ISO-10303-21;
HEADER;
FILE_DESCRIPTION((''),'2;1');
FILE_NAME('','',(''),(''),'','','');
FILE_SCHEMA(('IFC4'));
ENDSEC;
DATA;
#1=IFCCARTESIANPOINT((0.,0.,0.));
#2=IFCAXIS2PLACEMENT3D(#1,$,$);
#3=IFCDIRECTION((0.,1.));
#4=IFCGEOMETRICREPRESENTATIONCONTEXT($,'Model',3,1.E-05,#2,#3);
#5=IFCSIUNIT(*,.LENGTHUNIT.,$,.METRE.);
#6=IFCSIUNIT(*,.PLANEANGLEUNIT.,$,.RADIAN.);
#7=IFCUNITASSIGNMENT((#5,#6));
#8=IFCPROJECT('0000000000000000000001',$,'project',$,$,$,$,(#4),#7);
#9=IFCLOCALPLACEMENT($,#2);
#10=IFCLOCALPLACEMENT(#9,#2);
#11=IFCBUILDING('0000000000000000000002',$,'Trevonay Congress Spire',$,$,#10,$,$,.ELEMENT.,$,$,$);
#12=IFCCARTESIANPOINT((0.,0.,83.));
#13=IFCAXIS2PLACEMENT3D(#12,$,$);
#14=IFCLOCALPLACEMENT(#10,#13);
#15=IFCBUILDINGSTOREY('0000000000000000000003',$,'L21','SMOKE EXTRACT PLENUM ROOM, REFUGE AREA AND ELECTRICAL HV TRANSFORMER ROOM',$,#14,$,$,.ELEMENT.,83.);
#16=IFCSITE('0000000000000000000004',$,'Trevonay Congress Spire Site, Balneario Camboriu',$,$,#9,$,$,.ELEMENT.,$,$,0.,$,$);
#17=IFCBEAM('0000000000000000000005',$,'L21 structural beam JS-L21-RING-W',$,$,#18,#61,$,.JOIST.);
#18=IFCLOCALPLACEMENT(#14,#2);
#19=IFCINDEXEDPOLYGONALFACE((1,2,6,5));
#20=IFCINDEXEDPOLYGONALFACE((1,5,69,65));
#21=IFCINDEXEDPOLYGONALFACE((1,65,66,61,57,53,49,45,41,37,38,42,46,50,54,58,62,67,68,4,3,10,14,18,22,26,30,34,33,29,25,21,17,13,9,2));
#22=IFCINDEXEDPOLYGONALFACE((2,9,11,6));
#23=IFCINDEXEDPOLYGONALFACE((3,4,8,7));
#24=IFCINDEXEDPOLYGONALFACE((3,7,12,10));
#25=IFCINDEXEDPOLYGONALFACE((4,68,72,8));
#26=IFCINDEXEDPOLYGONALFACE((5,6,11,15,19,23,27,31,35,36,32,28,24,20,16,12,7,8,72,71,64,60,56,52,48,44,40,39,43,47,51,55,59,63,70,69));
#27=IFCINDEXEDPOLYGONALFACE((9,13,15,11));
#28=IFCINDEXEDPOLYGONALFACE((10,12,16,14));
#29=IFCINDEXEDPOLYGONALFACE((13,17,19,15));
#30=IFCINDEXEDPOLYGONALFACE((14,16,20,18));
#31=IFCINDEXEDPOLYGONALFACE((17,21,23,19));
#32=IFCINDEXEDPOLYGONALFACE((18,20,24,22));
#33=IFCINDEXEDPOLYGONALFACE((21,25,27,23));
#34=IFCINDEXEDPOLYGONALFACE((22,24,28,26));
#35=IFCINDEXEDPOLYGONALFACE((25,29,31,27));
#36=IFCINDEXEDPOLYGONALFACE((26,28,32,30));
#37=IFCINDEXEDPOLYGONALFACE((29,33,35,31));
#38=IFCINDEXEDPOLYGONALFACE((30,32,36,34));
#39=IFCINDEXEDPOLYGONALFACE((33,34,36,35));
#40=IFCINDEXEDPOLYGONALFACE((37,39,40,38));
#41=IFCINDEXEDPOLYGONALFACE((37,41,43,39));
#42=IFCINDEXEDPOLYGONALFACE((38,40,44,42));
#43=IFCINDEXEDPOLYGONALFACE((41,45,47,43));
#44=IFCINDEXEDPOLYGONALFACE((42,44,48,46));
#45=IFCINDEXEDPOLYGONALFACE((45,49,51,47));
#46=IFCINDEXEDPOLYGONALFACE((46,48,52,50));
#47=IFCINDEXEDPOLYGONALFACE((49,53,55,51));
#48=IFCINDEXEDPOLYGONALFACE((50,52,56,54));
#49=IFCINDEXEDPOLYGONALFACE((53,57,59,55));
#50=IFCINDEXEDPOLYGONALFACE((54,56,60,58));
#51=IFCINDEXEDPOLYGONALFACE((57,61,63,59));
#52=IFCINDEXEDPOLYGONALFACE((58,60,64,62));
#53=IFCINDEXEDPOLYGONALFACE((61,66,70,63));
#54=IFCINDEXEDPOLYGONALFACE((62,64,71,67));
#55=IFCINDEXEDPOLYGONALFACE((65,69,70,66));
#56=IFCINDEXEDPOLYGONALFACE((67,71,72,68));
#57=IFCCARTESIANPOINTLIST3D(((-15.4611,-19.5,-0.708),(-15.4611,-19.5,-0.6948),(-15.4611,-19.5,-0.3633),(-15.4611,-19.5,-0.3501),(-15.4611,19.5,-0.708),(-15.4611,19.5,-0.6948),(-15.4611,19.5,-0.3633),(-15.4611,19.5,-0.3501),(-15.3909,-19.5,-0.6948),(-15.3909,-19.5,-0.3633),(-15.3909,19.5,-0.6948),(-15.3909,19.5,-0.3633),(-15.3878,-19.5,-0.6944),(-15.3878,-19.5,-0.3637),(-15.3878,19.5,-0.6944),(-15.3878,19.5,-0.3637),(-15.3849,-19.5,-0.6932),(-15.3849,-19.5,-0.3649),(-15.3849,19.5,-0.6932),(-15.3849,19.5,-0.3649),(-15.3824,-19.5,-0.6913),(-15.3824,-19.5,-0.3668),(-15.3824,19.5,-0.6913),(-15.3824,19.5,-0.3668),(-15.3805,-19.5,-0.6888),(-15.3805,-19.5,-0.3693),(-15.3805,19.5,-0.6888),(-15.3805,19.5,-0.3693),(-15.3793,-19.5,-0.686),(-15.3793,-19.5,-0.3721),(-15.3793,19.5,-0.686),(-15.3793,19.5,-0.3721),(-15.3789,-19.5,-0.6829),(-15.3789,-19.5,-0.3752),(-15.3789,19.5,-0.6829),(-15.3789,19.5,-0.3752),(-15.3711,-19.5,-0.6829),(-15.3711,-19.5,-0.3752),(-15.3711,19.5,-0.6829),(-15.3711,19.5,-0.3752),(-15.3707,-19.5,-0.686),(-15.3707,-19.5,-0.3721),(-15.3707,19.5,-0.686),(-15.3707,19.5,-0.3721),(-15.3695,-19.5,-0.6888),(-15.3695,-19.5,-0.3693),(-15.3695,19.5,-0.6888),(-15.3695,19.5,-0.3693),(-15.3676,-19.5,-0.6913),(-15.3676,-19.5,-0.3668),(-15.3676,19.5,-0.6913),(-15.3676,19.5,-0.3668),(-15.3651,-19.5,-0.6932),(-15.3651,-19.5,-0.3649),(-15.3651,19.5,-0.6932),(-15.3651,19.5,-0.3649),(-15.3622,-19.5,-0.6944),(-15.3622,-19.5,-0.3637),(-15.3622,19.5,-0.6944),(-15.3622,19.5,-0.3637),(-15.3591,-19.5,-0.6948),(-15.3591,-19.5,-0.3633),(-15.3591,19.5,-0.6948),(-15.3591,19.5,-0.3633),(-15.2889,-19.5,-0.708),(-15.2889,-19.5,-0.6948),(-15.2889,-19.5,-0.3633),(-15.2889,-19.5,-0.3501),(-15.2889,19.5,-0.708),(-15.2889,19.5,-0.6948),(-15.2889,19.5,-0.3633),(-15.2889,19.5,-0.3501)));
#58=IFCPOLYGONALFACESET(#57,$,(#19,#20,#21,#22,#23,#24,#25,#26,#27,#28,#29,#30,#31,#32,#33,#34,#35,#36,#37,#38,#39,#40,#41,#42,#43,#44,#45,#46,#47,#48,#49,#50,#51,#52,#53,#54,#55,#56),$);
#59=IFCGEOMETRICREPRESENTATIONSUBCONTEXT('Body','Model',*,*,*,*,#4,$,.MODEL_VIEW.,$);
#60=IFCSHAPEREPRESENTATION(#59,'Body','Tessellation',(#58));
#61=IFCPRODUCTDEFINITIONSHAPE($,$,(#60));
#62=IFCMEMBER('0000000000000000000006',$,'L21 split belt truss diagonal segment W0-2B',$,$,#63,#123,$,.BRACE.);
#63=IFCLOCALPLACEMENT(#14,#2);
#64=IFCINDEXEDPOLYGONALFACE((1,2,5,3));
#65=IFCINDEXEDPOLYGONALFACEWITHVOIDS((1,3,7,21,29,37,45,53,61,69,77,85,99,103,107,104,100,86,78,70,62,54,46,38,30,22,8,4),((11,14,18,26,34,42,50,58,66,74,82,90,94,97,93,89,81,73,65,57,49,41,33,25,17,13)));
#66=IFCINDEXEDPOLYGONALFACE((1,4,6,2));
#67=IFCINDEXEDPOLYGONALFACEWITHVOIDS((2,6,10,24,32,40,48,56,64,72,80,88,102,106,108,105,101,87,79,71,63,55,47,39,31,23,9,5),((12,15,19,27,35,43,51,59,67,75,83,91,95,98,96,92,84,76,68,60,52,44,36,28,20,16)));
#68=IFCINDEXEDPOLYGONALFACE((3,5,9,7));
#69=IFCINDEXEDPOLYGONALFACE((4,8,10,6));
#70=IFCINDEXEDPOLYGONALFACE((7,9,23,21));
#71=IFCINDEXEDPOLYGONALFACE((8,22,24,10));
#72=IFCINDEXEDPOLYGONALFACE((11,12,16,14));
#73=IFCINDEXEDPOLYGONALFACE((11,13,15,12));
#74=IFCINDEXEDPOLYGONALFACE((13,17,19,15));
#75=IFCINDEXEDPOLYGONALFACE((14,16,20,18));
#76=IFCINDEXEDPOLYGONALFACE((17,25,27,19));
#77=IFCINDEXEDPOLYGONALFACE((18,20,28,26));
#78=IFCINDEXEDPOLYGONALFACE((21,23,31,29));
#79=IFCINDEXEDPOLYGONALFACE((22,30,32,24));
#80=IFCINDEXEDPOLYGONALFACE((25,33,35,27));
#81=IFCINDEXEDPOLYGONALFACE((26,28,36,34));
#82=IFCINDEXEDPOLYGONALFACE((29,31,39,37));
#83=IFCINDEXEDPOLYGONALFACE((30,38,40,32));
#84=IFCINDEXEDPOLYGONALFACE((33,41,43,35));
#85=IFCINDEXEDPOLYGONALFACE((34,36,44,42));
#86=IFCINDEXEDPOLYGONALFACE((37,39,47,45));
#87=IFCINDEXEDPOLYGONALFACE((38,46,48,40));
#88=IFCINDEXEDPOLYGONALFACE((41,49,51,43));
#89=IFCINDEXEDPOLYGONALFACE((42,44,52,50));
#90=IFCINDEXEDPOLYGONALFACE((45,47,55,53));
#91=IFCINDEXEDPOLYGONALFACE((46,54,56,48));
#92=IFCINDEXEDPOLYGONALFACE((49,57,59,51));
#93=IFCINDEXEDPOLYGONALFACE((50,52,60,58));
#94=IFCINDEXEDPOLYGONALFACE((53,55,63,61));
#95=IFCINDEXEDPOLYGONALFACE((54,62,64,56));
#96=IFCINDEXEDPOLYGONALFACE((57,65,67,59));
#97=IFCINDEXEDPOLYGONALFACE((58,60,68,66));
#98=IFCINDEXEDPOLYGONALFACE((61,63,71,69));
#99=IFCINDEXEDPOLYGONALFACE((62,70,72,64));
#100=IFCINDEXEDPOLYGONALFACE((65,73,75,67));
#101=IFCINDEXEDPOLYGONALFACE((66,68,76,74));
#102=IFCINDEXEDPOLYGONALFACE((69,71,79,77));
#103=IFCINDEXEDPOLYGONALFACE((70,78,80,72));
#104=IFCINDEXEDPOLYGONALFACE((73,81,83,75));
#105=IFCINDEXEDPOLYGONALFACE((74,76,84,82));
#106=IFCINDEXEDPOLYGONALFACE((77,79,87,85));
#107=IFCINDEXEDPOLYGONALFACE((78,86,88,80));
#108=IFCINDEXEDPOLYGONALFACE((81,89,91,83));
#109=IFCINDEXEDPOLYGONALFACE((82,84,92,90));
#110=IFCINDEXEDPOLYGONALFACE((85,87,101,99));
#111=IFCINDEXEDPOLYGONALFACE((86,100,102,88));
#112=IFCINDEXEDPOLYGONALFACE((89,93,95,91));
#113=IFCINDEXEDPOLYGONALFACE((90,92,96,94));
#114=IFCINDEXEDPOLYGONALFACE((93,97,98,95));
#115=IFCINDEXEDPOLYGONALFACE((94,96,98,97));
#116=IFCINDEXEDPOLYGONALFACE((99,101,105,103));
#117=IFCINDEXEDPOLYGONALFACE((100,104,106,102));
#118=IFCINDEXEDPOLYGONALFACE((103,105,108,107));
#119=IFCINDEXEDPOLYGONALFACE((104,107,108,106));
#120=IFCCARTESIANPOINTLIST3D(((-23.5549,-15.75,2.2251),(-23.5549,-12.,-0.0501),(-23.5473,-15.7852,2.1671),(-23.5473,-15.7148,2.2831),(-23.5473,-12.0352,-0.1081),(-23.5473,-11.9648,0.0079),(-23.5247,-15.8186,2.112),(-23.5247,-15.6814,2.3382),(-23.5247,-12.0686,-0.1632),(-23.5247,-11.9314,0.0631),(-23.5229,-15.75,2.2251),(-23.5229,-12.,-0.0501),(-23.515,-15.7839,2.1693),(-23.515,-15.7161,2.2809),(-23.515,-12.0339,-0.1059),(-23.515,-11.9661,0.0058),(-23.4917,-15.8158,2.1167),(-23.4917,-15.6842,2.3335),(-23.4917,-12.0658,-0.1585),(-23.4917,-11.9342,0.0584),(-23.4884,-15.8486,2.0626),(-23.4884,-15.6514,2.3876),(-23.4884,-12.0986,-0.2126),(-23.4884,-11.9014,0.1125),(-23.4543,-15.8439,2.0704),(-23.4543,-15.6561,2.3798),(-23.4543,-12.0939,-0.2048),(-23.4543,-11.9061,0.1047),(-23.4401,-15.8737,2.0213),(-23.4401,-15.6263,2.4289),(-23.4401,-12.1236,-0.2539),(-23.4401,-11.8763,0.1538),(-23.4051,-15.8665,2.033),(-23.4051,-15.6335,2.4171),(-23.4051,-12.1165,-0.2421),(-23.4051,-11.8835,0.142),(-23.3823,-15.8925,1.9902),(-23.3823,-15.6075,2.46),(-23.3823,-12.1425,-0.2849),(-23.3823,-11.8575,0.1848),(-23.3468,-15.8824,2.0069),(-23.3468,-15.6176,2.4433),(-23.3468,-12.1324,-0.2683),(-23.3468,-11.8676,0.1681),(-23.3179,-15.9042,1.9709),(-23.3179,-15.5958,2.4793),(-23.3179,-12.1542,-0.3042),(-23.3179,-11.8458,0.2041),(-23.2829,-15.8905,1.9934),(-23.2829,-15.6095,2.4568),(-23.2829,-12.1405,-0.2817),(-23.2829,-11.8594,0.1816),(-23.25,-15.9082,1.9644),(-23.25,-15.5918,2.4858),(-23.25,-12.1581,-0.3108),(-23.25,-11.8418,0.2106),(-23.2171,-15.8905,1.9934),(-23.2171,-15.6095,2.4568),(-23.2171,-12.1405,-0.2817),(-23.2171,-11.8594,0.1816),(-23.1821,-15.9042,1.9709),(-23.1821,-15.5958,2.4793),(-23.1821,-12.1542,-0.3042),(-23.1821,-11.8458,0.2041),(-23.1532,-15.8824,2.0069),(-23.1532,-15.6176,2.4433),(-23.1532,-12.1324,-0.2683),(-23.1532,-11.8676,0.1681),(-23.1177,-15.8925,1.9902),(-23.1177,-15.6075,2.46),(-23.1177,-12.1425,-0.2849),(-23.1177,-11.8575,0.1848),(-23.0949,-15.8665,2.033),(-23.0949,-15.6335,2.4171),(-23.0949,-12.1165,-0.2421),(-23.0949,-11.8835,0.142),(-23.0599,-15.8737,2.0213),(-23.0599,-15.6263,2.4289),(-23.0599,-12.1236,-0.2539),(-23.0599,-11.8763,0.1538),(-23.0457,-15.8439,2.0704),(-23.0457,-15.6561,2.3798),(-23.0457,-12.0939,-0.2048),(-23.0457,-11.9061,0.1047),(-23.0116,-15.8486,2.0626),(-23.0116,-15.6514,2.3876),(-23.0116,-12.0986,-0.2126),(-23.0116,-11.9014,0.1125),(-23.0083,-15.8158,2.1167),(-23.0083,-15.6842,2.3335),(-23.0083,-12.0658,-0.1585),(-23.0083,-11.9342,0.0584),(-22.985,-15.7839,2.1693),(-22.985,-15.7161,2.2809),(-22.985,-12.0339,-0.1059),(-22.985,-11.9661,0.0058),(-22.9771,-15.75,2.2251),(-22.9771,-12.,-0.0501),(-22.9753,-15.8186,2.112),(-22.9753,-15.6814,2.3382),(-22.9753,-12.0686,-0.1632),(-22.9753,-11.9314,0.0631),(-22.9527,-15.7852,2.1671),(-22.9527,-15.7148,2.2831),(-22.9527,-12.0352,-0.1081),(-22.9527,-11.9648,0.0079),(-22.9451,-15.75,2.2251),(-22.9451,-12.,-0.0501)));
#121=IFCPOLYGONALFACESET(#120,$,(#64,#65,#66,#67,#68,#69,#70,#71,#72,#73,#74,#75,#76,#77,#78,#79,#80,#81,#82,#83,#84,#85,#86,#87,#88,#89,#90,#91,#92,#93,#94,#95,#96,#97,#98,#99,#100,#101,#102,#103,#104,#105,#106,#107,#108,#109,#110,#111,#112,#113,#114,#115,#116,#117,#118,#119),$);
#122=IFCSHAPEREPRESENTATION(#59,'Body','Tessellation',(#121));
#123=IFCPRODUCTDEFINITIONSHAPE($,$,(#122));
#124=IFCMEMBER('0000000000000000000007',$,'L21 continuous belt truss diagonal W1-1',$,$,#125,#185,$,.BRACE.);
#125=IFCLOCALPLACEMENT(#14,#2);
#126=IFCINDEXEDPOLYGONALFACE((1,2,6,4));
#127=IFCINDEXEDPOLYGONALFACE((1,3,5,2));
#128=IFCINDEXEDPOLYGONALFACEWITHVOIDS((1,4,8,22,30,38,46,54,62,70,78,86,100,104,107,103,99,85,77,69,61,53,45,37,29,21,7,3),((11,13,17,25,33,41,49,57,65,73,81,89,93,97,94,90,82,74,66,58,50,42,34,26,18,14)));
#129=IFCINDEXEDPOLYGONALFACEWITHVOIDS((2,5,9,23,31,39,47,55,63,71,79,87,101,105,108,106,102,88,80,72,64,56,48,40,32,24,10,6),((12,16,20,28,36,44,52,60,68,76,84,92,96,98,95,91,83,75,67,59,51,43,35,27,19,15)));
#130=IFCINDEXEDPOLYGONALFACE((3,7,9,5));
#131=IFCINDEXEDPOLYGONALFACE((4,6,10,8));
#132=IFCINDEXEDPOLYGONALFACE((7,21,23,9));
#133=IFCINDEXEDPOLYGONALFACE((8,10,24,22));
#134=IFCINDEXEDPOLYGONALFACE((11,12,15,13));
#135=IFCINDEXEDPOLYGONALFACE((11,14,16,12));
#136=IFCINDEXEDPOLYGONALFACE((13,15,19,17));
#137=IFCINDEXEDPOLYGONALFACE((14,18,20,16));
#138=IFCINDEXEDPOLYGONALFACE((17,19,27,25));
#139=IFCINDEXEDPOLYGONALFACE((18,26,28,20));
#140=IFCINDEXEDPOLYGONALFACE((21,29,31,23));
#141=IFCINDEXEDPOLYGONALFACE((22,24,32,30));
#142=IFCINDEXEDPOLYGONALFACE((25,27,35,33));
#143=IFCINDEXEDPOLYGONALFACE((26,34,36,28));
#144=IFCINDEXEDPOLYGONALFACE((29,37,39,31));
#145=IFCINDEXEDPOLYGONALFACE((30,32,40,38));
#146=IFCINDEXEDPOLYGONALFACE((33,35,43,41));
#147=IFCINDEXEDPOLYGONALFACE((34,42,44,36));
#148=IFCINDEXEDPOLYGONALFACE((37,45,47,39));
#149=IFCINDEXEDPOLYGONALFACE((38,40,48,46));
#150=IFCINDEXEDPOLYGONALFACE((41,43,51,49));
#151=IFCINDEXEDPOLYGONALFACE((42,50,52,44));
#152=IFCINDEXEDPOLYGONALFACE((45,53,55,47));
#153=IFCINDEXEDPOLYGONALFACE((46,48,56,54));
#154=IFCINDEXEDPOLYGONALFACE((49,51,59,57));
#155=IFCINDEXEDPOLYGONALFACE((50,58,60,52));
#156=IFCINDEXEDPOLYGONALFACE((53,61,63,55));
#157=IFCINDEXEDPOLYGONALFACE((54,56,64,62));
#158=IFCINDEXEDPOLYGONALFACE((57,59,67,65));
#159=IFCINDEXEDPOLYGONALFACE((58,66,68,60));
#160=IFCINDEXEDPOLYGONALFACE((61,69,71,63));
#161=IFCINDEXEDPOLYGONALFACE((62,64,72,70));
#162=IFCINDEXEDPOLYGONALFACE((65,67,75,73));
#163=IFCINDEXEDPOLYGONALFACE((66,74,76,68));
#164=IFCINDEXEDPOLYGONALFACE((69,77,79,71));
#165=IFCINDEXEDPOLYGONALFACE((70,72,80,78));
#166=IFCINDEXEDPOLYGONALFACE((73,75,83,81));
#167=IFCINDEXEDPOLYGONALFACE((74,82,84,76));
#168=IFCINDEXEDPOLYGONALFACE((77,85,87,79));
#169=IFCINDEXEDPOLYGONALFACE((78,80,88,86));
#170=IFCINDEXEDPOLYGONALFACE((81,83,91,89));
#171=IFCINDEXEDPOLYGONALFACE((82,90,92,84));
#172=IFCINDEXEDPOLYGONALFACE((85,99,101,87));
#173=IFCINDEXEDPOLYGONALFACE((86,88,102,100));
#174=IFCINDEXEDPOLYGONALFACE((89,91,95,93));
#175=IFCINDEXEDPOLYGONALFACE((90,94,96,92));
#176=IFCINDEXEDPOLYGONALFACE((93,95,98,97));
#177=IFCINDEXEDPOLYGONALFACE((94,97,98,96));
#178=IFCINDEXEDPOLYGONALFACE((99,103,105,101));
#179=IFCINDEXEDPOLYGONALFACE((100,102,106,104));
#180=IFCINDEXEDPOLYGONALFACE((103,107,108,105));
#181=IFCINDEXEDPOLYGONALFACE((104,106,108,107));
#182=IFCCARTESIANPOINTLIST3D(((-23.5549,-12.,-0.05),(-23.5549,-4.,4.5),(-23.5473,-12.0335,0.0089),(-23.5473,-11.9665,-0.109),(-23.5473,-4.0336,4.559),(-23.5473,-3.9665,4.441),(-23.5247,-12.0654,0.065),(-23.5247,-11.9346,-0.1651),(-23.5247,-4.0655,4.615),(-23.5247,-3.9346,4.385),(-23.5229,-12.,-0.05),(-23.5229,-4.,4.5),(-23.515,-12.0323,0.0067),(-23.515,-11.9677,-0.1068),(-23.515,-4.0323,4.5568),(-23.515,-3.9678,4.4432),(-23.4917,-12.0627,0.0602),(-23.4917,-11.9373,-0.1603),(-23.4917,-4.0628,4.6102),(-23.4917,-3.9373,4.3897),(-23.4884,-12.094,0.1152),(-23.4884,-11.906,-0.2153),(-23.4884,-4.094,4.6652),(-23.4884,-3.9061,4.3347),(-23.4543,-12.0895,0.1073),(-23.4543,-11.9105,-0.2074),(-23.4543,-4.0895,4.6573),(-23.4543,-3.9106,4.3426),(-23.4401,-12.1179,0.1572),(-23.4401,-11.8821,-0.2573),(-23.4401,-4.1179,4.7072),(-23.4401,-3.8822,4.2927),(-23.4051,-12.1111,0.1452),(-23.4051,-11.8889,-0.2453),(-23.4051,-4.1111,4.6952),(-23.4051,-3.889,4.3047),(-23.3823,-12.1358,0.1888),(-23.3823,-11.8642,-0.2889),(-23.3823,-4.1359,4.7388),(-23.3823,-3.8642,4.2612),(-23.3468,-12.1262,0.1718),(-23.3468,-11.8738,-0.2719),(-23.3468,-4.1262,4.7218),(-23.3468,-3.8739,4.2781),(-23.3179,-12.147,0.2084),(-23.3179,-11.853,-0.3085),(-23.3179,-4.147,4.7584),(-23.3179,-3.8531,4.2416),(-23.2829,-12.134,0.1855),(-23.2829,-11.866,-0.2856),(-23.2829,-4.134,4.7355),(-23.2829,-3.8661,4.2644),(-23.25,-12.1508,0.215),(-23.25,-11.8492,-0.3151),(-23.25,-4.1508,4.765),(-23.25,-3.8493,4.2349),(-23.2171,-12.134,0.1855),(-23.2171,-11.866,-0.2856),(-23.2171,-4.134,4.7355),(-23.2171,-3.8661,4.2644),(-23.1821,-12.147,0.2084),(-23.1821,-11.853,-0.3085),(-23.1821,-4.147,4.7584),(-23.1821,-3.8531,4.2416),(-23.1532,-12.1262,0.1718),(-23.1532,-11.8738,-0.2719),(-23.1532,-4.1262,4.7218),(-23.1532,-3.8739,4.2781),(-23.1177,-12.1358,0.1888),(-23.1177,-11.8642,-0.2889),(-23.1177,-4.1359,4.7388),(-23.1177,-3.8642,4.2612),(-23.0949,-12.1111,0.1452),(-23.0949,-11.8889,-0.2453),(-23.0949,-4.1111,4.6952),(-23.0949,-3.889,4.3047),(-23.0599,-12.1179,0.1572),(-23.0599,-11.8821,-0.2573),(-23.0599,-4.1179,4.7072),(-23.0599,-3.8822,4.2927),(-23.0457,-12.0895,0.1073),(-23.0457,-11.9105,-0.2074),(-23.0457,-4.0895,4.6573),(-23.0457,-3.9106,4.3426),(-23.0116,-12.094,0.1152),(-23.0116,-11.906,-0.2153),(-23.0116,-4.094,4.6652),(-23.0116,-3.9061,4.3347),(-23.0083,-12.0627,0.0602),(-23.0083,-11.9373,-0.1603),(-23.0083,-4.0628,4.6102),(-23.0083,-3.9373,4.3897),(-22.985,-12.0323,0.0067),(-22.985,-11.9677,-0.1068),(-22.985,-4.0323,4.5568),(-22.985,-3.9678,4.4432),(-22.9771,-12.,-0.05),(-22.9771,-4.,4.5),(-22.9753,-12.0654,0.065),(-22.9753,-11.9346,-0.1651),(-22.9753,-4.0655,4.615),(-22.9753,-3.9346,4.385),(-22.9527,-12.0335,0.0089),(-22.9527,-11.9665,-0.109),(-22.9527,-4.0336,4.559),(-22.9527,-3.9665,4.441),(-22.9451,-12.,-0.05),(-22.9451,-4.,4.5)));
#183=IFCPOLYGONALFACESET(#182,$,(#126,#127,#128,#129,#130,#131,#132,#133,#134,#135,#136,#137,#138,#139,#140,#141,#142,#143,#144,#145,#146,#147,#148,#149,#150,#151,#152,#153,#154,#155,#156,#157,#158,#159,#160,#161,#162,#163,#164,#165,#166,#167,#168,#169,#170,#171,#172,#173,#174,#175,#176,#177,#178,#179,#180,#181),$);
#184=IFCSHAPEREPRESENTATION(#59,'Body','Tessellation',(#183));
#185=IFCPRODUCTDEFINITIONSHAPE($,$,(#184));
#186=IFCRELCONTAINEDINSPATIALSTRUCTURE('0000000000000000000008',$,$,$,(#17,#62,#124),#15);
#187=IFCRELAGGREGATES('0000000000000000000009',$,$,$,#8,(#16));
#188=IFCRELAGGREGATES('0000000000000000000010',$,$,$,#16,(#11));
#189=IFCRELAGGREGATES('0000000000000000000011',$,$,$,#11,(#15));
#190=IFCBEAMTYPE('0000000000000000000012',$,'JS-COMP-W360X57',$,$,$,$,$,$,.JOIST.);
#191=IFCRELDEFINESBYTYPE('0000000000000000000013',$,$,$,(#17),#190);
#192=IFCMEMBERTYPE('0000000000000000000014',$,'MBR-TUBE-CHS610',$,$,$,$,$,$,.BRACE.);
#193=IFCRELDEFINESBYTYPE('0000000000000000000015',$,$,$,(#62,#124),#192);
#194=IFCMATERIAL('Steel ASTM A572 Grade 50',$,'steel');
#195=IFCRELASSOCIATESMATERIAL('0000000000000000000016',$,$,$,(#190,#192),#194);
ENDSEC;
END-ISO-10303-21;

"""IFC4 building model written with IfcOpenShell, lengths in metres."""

from ifc_helpers import new_model, si_unit, direction, frame, origin, origin_2d, place, context, subcontext, project, spatial, hollow_circle, i_section, extrude, material, material_profile, profile_set, type_object, element, save


model = new_model("IFC4")

# Units and contexts
model_context = context("Model", 3, precision=1e-05, world=origin(), true_north=direction((0.0, 1.0)))
body_context = subcontext(model_context, "Body", "Model", "MODEL_VIEW")
ifc_project = project(units=[si_unit("LENGTHUNIT", "METRE"), si_unit("PLANEANGLEUNIT", "RADIAN")], contexts=[model_context])

# Site, building, storey
site_placement = place(None, origin())
site = spatial("IfcSite", under=ifc_project, at=site_placement, Name="Trevonay Congress Spire Site, Balneario Camboriu", CompositionType="ELEMENT", RefElevation=0.0)
building_placement = place(site_placement, origin())
building = spatial("IfcBuilding", under=site, at=building_placement, Name="Trevonay Congress Spire", CompositionType="ELEMENT")
storey_placement = place(building_placement, frame((0.0, 0.0, 83.0)))
storey = spatial("IfcBuildingStorey", under=building, at=storey_placement, Name="L21", Description="SMOKE EXTRACT PLENUM ROOM, REFUGE AREA AND ELECTRICAL HV TRANSFORMER ROOM", CompositionType="ELEMENT", Elevation=83.0)

# Shared definitions
ifc_material_1 = material(Name="Steel ASTM A572 Grade 50", Category="steel")

# Beam
ifc_material_profile_1 = material_profile(ifc_material_1, i_section(OverallWidth=0.1721, OverallDepth=0.3579, WebThickness=0.0078, FlangeThickness=0.0132, FilletRadius=0.012, at=origin_2d()), Name="W360x57.8")
ifc_profile_set_1 = profile_set([ifc_material_profile_1], Name="Steel ASTM A572 Grade 50")
beam_type_1 = type_object("IfcBeamType", Name="JS-COMP-W360X57", PredefinedType="JOIST", material=ifc_profile_set_1)
for number, where, z_axis, x_axis, name in (
    (1, (-15.375, -19.5, -0.5291), (0.0, 1.0, 0.0), (-1.0, 0.0, 0.0), "L21 structural beam JS-L21-RING-W"),
):
    element("IfcBeam", number, at=place(storey_placement, frame(where, z_axis=z_axis, x_axis=x_axis)), inside=storey, type_object=beam_type_1, Name=name, PredefinedType="JOIST", context=body_context, shape_type="SweptSolid", body=[
        extrude(i_section(OverallWidth=0.1721, OverallDepth=0.3579, WebThickness=0.0078, FlangeThickness=0.0132, FilletRadius=0.012, at=origin_2d()), origin(), (0.0, 0.0, 1.0), 39.0),
    ])

# Members
ifc_material_profile_2 = material_profile(ifc_material_1, hollow_circle(Radius=0.3049, WallThickness=0.032, at=origin_2d()), Name="CHS 610x32")
ifc_profile_set_2 = profile_set([ifc_material_profile_2], Name="Steel ASTM A572 Grade 50")
member_type = type_object("IfcMemberType", Name="MBR-TUBE-CHS610", PredefinedType="BRACE", material=ifc_profile_set_2)
member_1_placement = place(storey_placement, frame((-23.25, -15.75, 2.2251), z_axis=(0.0, 0.854953, -0.518705), x_axis=(-1.0, 0.0, 0.0)))
element("IfcMember", 2, at=member_1_placement, inside=storey, type_object=member_type, Name="L21 split belt truss diagonal segment W0-2B", PredefinedType="BRACE", context=body_context, shape_type="SweptSolid", body=[
    extrude(hollow_circle(Radius=0.3049, WallThickness=0.032, at=origin_2d()), origin(), (0.0, 0.0, 1.0), 4.3862),
])
member_2_placement = place(storey_placement, frame((-23.25, -12.0, -0.05), z_axis=(0.0, 0.869242, 0.494387), x_axis=(-1.0, 0.0, 0.0)))
element("IfcMember", 3, at=member_2_placement, inside=storey, type_object=member_type, Name="L21 continuous belt truss diagonal W1-1", PredefinedType="BRACE", context=body_context, shape_type="SweptSolid", body=[
    extrude(hollow_circle(Radius=0.3049, WallThickness=0.032, at=origin_2d()), origin(), (0.0, 0.0, 1.0), 9.2034),
])

save(model, "model.ifc")
